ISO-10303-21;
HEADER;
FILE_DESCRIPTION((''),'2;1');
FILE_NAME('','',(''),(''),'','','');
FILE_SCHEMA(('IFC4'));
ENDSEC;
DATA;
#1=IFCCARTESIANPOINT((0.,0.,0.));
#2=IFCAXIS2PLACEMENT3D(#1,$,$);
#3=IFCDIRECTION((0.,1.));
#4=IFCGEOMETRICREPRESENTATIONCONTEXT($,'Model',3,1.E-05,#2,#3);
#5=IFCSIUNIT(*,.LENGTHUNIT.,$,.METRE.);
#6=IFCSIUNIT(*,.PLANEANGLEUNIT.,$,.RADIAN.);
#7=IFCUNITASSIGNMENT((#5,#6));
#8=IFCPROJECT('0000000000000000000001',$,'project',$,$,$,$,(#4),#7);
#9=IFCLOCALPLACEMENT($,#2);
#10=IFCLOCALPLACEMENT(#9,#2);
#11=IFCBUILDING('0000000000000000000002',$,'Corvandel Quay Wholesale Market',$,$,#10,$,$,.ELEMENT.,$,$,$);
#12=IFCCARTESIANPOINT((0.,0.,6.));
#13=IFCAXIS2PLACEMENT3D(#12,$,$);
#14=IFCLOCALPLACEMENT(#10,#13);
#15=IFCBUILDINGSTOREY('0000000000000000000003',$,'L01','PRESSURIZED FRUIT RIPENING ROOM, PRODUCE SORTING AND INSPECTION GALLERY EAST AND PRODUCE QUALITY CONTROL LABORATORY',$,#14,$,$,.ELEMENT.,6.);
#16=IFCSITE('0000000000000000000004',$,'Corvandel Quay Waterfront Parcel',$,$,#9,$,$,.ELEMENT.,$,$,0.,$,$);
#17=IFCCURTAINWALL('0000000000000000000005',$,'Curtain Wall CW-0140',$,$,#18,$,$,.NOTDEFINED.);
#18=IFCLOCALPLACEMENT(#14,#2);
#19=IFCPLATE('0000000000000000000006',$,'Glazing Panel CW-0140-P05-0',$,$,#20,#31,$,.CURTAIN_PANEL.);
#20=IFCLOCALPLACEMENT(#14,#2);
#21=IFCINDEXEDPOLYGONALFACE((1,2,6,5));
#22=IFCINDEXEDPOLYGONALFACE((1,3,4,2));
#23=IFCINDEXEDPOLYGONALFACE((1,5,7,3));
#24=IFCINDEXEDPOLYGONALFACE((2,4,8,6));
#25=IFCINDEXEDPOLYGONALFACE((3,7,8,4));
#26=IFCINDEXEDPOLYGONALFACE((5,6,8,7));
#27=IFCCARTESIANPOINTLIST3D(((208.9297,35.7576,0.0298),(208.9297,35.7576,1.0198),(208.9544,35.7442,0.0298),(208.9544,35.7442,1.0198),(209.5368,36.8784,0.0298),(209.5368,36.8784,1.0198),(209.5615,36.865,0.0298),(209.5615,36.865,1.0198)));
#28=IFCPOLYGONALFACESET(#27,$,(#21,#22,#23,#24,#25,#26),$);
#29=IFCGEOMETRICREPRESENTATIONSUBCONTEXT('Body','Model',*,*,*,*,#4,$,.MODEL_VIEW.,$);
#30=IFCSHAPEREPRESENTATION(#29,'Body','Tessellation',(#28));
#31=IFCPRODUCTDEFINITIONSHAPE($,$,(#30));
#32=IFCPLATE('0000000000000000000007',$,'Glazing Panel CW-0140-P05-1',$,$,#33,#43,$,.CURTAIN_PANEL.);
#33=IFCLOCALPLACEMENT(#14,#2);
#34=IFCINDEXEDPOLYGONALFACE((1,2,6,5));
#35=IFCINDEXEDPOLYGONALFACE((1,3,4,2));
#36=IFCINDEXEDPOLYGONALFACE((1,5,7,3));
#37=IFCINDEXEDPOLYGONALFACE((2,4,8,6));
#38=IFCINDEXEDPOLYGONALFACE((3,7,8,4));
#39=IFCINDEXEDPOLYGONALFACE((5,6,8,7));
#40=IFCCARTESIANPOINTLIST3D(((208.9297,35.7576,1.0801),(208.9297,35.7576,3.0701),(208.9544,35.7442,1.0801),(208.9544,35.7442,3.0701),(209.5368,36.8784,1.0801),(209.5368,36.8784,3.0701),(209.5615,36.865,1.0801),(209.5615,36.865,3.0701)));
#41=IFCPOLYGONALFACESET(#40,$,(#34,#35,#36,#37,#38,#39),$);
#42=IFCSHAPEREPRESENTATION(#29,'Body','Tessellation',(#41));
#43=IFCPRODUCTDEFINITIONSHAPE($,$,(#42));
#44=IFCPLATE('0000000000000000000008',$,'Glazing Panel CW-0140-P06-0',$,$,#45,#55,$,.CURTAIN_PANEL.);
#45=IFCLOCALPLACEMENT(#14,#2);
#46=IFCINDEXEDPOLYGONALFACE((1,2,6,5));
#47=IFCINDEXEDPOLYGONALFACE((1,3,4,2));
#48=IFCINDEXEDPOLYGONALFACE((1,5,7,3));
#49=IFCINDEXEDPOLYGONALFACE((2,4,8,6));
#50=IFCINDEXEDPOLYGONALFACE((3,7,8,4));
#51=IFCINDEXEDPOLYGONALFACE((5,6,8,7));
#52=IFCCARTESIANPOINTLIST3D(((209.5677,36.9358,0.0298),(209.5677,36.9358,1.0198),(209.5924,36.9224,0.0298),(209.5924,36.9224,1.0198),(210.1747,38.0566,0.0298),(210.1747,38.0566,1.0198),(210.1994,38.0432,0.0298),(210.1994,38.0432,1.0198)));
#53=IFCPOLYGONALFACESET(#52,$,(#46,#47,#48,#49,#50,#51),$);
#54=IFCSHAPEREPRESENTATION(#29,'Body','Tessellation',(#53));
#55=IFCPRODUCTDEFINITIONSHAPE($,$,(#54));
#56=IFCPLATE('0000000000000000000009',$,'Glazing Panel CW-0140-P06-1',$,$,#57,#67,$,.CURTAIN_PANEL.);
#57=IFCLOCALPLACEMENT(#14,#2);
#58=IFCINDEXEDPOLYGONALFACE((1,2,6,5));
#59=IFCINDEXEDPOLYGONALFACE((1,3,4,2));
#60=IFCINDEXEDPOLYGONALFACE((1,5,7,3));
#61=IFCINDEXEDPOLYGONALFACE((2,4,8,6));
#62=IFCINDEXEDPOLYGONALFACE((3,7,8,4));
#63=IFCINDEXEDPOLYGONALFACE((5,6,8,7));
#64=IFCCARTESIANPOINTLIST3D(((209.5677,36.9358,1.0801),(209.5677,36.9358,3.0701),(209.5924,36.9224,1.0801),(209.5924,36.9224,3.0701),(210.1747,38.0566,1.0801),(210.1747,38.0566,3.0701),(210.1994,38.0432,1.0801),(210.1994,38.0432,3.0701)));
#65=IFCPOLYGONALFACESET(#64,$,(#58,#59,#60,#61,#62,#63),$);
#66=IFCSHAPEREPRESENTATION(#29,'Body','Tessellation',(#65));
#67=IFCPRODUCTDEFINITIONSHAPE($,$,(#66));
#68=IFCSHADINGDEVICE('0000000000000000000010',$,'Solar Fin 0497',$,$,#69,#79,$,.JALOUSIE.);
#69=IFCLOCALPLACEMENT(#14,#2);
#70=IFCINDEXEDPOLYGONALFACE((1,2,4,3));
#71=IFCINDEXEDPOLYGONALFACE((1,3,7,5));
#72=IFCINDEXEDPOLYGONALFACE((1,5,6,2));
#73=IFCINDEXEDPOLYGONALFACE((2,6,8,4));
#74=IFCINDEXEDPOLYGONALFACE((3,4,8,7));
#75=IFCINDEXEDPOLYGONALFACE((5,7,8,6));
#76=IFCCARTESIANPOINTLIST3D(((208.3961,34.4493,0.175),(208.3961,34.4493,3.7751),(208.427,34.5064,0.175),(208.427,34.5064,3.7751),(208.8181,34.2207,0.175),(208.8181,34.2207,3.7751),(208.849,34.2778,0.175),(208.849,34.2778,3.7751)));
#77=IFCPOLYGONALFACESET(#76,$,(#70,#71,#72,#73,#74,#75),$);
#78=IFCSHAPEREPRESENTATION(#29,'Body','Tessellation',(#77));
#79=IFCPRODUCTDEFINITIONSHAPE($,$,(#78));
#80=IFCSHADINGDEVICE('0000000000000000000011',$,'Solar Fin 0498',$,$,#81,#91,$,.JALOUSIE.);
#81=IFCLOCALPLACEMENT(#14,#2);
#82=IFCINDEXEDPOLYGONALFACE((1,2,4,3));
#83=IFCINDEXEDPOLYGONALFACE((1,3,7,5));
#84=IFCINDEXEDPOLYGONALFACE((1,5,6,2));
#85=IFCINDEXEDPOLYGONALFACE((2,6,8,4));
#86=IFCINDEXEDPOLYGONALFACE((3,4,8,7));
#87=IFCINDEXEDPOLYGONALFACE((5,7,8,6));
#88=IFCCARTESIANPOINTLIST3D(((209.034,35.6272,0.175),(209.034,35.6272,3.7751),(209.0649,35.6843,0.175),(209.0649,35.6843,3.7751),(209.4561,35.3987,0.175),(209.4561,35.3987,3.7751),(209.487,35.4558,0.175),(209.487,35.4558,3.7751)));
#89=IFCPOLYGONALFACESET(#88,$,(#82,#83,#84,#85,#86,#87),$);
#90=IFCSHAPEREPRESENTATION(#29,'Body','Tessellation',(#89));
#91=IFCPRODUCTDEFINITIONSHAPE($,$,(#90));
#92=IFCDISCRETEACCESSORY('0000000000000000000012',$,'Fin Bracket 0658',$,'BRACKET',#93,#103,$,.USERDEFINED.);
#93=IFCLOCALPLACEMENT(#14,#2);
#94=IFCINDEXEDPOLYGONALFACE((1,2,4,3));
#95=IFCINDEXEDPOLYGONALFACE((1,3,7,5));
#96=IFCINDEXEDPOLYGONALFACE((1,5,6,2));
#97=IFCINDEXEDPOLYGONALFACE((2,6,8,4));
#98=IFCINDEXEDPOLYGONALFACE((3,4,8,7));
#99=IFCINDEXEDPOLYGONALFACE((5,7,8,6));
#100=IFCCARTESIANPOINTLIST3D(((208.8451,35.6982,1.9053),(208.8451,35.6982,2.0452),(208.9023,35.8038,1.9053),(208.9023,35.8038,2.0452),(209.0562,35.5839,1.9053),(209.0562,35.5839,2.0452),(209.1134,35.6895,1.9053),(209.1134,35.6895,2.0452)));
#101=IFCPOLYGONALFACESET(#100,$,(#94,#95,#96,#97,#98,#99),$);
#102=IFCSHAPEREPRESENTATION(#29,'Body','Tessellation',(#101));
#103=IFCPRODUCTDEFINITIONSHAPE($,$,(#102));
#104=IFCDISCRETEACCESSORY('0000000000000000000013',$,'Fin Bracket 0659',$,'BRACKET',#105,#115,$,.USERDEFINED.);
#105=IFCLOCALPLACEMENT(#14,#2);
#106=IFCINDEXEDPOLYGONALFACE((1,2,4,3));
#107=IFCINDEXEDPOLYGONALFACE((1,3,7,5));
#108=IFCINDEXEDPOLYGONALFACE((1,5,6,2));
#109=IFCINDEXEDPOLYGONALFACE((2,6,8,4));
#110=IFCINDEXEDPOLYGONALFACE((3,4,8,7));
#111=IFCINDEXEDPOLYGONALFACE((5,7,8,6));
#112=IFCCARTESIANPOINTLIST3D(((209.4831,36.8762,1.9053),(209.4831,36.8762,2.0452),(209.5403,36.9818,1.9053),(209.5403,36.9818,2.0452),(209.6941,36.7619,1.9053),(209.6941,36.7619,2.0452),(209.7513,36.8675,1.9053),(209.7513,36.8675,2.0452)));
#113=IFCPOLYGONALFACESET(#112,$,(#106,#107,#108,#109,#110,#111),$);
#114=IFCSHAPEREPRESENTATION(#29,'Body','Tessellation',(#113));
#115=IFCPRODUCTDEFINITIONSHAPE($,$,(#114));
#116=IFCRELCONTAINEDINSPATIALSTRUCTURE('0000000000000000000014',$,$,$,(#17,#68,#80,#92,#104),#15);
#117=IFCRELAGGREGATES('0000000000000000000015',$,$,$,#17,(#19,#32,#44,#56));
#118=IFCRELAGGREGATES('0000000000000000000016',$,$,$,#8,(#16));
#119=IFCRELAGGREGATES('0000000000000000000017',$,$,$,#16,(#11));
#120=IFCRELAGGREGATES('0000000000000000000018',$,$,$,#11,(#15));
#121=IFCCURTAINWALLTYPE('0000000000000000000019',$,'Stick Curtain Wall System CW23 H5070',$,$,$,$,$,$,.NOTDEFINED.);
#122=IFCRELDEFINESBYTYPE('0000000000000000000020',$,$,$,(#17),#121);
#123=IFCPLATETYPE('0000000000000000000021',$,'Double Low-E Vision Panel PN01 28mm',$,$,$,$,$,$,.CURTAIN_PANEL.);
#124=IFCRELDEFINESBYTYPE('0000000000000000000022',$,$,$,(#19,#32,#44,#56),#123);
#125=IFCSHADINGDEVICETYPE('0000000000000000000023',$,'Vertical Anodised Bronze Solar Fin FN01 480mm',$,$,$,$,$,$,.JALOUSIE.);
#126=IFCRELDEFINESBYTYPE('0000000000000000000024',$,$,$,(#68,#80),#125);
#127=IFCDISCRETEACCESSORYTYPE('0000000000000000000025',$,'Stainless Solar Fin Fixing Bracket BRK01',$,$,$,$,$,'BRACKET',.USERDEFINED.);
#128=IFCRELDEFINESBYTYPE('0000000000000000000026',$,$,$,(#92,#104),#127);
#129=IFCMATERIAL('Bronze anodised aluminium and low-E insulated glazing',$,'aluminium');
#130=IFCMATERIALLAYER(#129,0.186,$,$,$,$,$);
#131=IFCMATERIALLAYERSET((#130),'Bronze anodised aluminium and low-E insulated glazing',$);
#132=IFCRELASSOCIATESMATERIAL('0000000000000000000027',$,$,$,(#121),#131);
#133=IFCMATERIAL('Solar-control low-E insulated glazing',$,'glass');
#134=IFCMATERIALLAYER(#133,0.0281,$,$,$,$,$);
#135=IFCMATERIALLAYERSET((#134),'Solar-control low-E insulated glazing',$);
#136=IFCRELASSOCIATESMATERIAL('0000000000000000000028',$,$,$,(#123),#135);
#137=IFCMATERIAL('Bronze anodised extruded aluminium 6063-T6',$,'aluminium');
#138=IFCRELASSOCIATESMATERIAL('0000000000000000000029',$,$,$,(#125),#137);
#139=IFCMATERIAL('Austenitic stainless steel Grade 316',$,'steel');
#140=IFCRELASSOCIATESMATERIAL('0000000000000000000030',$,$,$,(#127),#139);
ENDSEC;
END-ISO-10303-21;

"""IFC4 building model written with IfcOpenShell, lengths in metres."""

from ifc_helpers import new_model, si_unit, direction, frame, origin, origin_2d, place, context, subcontext, project, spatial, rectangle, extrude, material, layer, layer_set, type_object, element, aggregate, save


model = new_model("IFC4")

# Units and contexts
model_context = context("Model", 3, precision=1e-05, world=origin(), true_north=direction((0.0, 1.0)))
body_context = subcontext(model_context, "Body", "Model", "MODEL_VIEW")
ifc_project = project(units=[si_unit("LENGTHUNIT", "METRE"), si_unit("PLANEANGLEUNIT", "RADIAN")], contexts=[model_context])

# Site, building, storey
site_placement = place(None, origin())
site = spatial("IfcSite", under=ifc_project, at=site_placement, Name="Corvandel Quay Waterfront Parcel", CompositionType="ELEMENT", RefElevation=0.0)
building_placement = place(site_placement, origin())
building = spatial("IfcBuilding", under=site, at=building_placement, Name="Corvandel Quay Wholesale Market", CompositionType="ELEMENT")
storey_placement = place(building_placement, frame((0.0, 0.0, 6.0)))
storey = spatial("IfcBuildingStorey", under=building, at=storey_placement, Name="L01", Description="PRESSURIZED FRUIT RIPENING ROOM, PRODUCE SORTING AND INSPECTION GALLERY EAST AND PRODUCE QUALITY CONTROL LABORATORY", CompositionType="ELEMENT", Elevation=6.0)

# Curtain wall, plates
ifc_material_1 = material(Name="Bronze anodised aluminium and low-E insulated glazing", Category="aluminium")
ifc_layer_1 = layer(ifc_material_1, 0.186)
ifc_layer_set_1 = layer_set([ifc_layer_1], Name="Bronze anodised aluminium and low-E insulated glazing")
curtain_wall_type = type_object("IfcCurtainWallType", Name="Stick Curtain Wall System CW23 H5070", PredefinedType="NOTDEFINED", material=ifc_layer_set_1)
curtain_wall_placement = place(storey_placement, origin())
curtain_wall = element("IfcCurtainWall", 1, at=curtain_wall_placement, inside=storey, type_object=curtain_wall_type, Name="Curtain Wall CW-0140", PredefinedType="NOTDEFINED")
ifc_material_2 = material(Name="Solar-control low-E insulated glazing", Category="glass")
ifc_layer_2 = layer(ifc_material_2, 0.0281)
ifc_layer_set_2 = layer_set([ifc_layer_2], Name="Solar-control low-E insulated glazing")
plate_type_1 = type_object("IfcPlateType", Name="Double Low-E Vision Panel PN01 28mm", PredefinedType="CURTAIN_PANEL", material=ifc_layer_set_2)
plate_1_placement = place(storey_placement, frame((209.2456, 36.3113, 0.0298), z_axis=(0.0, 0.0, 1.0), x_axis=(0.476238, 0.879316, 0.0)))
plate_1 = element("IfcPlate", 2, at=plate_1_placement, type_object=plate_type_1, Name="Glazing Panel CW-0140-P05-0", PredefinedType="CURTAIN_PANEL", context=body_context, shape_type="SweptSolid", body=[
    extrude(rectangle(XDim=1.2747, YDim=0.0281, at=origin_2d()), origin(), (0.0, 0.0, 1.0), 0.99),
])
plate_2_placement = place(storey_placement, frame((209.2456, 36.3113, 1.0801), z_axis=(0.0, 0.0, 1.0), x_axis=(0.476238, 0.879316, 0.0)))
plate_2 = element("IfcPlate", 3, at=plate_2_placement, type_object=plate_type_1, Name="Glazing Panel CW-0140-P05-1", PredefinedType="CURTAIN_PANEL", context=body_context, shape_type="SweptSolid", body=[
    extrude(rectangle(XDim=1.2747, YDim=0.0281, at=origin_2d()), origin(), (0.0, 0.0, 1.0), 1.99),
])
plate_3_placement = place(storey_placement, frame((209.8835, 37.4895, 0.0298), z_axis=(0.0, 0.0, 1.0), x_axis=(0.476238, 0.879316, 0.0)))
plate_3 = element("IfcPlate", 4, at=plate_3_placement, type_object=plate_type_1, Name="Glazing Panel CW-0140-P06-0", PredefinedType="CURTAIN_PANEL", context=body_context, shape_type="SweptSolid", body=[
    extrude(rectangle(XDim=1.2747, YDim=0.0281, at=origin_2d()), origin(), (0.0, 0.0, 1.0), 0.99),
])
plate_4_placement = place(storey_placement, frame((209.8835, 37.4895, 1.0801), z_axis=(0.0, 0.0, 1.0), x_axis=(0.476238, 0.879316, 0.0)))
plate_4 = element("IfcPlate", 5, at=plate_4_placement, type_object=plate_type_1, Name="Glazing Panel CW-0140-P06-1", PredefinedType="CURTAIN_PANEL", context=body_context, shape_type="SweptSolid", body=[
    extrude(rectangle(XDim=1.2747, YDim=0.0281, at=origin_2d()), origin(), (0.0, 0.0, 1.0), 1.99),
])
aggregate(curtain_wall, [plate_1, plate_2, plate_3, plate_4])

# Shading devices
ifc_material_3 = material(Name="Bronze anodised extruded aluminium 6063-T6", Category="aluminium")
shading_device_type = type_object("IfcShadingDeviceType", Name="Vertical Anodised Bronze Solar Fin FN01 480mm", PredefinedType="JALOUSIE", material=ifc_material_3)
for number, where, z_axis, x_axis, name in (
    (6, (208.6226, 34.3635, 0.175), (0.0, 0.0, 1.0), (-0.879316, 0.476238, 0.0), "Solar Fin 0497"),
    (7, (209.2605, 35.5415, 0.175), (0.0, 0.0, 1.0), (-0.879316, 0.476238, 0.0), "Solar Fin 0498"),
):
    element("IfcShadingDevice", number, at=place(storey_placement, frame(where, z_axis=z_axis, x_axis=x_axis)), inside=storey, type_object=shading_device_type, Name=name, PredefinedType="JALOUSIE", context=body_context, shape_type="SweptSolid", body=[
        extrude(rectangle(XDim=0.48, YDim=0.0649, at=origin_2d()), origin(), (0.0, 0.0, 1.0), 3.6001),
    ])

# Discrete accessories
ifc_material_4 = material(Name="Austenitic stainless steel Grade 316", Category="steel")
discrete_accessory_type = type_object("IfcDiscreteAccessoryType", Name="Stainless Solar Fin Fixing Bracket BRK01", ElementType="BRACKET", PredefinedType="USERDEFINED", material=ifc_material_4)
for number, where, z_axis, x_axis, name in (
    (8, (208.9792, 35.6938, 1.9053), (0.0, 0.0, 1.0), (-0.879316, 0.476238, 0.0), "Fin Bracket 0658"),
    (9, (209.6172, 36.8718, 1.9053), (0.0, 0.0, 1.0), (-0.879316, 0.476238, 0.0), "Fin Bracket 0659"),
):
    element("IfcDiscreteAccessory", number, at=place(storey_placement, frame(where, z_axis=z_axis, x_axis=x_axis)), inside=storey, type_object=discrete_accessory_type, Name=name, ObjectType="BRACKET", PredefinedType="USERDEFINED", context=body_context, shape_type="SweptSolid", body=[
        extrude(rectangle(XDim=0.24, YDim=0.1201, at=origin_2d()), origin(), (0.0, 0.0, 1.0), 0.1399),
    ])

save(model, "model.ifc")
